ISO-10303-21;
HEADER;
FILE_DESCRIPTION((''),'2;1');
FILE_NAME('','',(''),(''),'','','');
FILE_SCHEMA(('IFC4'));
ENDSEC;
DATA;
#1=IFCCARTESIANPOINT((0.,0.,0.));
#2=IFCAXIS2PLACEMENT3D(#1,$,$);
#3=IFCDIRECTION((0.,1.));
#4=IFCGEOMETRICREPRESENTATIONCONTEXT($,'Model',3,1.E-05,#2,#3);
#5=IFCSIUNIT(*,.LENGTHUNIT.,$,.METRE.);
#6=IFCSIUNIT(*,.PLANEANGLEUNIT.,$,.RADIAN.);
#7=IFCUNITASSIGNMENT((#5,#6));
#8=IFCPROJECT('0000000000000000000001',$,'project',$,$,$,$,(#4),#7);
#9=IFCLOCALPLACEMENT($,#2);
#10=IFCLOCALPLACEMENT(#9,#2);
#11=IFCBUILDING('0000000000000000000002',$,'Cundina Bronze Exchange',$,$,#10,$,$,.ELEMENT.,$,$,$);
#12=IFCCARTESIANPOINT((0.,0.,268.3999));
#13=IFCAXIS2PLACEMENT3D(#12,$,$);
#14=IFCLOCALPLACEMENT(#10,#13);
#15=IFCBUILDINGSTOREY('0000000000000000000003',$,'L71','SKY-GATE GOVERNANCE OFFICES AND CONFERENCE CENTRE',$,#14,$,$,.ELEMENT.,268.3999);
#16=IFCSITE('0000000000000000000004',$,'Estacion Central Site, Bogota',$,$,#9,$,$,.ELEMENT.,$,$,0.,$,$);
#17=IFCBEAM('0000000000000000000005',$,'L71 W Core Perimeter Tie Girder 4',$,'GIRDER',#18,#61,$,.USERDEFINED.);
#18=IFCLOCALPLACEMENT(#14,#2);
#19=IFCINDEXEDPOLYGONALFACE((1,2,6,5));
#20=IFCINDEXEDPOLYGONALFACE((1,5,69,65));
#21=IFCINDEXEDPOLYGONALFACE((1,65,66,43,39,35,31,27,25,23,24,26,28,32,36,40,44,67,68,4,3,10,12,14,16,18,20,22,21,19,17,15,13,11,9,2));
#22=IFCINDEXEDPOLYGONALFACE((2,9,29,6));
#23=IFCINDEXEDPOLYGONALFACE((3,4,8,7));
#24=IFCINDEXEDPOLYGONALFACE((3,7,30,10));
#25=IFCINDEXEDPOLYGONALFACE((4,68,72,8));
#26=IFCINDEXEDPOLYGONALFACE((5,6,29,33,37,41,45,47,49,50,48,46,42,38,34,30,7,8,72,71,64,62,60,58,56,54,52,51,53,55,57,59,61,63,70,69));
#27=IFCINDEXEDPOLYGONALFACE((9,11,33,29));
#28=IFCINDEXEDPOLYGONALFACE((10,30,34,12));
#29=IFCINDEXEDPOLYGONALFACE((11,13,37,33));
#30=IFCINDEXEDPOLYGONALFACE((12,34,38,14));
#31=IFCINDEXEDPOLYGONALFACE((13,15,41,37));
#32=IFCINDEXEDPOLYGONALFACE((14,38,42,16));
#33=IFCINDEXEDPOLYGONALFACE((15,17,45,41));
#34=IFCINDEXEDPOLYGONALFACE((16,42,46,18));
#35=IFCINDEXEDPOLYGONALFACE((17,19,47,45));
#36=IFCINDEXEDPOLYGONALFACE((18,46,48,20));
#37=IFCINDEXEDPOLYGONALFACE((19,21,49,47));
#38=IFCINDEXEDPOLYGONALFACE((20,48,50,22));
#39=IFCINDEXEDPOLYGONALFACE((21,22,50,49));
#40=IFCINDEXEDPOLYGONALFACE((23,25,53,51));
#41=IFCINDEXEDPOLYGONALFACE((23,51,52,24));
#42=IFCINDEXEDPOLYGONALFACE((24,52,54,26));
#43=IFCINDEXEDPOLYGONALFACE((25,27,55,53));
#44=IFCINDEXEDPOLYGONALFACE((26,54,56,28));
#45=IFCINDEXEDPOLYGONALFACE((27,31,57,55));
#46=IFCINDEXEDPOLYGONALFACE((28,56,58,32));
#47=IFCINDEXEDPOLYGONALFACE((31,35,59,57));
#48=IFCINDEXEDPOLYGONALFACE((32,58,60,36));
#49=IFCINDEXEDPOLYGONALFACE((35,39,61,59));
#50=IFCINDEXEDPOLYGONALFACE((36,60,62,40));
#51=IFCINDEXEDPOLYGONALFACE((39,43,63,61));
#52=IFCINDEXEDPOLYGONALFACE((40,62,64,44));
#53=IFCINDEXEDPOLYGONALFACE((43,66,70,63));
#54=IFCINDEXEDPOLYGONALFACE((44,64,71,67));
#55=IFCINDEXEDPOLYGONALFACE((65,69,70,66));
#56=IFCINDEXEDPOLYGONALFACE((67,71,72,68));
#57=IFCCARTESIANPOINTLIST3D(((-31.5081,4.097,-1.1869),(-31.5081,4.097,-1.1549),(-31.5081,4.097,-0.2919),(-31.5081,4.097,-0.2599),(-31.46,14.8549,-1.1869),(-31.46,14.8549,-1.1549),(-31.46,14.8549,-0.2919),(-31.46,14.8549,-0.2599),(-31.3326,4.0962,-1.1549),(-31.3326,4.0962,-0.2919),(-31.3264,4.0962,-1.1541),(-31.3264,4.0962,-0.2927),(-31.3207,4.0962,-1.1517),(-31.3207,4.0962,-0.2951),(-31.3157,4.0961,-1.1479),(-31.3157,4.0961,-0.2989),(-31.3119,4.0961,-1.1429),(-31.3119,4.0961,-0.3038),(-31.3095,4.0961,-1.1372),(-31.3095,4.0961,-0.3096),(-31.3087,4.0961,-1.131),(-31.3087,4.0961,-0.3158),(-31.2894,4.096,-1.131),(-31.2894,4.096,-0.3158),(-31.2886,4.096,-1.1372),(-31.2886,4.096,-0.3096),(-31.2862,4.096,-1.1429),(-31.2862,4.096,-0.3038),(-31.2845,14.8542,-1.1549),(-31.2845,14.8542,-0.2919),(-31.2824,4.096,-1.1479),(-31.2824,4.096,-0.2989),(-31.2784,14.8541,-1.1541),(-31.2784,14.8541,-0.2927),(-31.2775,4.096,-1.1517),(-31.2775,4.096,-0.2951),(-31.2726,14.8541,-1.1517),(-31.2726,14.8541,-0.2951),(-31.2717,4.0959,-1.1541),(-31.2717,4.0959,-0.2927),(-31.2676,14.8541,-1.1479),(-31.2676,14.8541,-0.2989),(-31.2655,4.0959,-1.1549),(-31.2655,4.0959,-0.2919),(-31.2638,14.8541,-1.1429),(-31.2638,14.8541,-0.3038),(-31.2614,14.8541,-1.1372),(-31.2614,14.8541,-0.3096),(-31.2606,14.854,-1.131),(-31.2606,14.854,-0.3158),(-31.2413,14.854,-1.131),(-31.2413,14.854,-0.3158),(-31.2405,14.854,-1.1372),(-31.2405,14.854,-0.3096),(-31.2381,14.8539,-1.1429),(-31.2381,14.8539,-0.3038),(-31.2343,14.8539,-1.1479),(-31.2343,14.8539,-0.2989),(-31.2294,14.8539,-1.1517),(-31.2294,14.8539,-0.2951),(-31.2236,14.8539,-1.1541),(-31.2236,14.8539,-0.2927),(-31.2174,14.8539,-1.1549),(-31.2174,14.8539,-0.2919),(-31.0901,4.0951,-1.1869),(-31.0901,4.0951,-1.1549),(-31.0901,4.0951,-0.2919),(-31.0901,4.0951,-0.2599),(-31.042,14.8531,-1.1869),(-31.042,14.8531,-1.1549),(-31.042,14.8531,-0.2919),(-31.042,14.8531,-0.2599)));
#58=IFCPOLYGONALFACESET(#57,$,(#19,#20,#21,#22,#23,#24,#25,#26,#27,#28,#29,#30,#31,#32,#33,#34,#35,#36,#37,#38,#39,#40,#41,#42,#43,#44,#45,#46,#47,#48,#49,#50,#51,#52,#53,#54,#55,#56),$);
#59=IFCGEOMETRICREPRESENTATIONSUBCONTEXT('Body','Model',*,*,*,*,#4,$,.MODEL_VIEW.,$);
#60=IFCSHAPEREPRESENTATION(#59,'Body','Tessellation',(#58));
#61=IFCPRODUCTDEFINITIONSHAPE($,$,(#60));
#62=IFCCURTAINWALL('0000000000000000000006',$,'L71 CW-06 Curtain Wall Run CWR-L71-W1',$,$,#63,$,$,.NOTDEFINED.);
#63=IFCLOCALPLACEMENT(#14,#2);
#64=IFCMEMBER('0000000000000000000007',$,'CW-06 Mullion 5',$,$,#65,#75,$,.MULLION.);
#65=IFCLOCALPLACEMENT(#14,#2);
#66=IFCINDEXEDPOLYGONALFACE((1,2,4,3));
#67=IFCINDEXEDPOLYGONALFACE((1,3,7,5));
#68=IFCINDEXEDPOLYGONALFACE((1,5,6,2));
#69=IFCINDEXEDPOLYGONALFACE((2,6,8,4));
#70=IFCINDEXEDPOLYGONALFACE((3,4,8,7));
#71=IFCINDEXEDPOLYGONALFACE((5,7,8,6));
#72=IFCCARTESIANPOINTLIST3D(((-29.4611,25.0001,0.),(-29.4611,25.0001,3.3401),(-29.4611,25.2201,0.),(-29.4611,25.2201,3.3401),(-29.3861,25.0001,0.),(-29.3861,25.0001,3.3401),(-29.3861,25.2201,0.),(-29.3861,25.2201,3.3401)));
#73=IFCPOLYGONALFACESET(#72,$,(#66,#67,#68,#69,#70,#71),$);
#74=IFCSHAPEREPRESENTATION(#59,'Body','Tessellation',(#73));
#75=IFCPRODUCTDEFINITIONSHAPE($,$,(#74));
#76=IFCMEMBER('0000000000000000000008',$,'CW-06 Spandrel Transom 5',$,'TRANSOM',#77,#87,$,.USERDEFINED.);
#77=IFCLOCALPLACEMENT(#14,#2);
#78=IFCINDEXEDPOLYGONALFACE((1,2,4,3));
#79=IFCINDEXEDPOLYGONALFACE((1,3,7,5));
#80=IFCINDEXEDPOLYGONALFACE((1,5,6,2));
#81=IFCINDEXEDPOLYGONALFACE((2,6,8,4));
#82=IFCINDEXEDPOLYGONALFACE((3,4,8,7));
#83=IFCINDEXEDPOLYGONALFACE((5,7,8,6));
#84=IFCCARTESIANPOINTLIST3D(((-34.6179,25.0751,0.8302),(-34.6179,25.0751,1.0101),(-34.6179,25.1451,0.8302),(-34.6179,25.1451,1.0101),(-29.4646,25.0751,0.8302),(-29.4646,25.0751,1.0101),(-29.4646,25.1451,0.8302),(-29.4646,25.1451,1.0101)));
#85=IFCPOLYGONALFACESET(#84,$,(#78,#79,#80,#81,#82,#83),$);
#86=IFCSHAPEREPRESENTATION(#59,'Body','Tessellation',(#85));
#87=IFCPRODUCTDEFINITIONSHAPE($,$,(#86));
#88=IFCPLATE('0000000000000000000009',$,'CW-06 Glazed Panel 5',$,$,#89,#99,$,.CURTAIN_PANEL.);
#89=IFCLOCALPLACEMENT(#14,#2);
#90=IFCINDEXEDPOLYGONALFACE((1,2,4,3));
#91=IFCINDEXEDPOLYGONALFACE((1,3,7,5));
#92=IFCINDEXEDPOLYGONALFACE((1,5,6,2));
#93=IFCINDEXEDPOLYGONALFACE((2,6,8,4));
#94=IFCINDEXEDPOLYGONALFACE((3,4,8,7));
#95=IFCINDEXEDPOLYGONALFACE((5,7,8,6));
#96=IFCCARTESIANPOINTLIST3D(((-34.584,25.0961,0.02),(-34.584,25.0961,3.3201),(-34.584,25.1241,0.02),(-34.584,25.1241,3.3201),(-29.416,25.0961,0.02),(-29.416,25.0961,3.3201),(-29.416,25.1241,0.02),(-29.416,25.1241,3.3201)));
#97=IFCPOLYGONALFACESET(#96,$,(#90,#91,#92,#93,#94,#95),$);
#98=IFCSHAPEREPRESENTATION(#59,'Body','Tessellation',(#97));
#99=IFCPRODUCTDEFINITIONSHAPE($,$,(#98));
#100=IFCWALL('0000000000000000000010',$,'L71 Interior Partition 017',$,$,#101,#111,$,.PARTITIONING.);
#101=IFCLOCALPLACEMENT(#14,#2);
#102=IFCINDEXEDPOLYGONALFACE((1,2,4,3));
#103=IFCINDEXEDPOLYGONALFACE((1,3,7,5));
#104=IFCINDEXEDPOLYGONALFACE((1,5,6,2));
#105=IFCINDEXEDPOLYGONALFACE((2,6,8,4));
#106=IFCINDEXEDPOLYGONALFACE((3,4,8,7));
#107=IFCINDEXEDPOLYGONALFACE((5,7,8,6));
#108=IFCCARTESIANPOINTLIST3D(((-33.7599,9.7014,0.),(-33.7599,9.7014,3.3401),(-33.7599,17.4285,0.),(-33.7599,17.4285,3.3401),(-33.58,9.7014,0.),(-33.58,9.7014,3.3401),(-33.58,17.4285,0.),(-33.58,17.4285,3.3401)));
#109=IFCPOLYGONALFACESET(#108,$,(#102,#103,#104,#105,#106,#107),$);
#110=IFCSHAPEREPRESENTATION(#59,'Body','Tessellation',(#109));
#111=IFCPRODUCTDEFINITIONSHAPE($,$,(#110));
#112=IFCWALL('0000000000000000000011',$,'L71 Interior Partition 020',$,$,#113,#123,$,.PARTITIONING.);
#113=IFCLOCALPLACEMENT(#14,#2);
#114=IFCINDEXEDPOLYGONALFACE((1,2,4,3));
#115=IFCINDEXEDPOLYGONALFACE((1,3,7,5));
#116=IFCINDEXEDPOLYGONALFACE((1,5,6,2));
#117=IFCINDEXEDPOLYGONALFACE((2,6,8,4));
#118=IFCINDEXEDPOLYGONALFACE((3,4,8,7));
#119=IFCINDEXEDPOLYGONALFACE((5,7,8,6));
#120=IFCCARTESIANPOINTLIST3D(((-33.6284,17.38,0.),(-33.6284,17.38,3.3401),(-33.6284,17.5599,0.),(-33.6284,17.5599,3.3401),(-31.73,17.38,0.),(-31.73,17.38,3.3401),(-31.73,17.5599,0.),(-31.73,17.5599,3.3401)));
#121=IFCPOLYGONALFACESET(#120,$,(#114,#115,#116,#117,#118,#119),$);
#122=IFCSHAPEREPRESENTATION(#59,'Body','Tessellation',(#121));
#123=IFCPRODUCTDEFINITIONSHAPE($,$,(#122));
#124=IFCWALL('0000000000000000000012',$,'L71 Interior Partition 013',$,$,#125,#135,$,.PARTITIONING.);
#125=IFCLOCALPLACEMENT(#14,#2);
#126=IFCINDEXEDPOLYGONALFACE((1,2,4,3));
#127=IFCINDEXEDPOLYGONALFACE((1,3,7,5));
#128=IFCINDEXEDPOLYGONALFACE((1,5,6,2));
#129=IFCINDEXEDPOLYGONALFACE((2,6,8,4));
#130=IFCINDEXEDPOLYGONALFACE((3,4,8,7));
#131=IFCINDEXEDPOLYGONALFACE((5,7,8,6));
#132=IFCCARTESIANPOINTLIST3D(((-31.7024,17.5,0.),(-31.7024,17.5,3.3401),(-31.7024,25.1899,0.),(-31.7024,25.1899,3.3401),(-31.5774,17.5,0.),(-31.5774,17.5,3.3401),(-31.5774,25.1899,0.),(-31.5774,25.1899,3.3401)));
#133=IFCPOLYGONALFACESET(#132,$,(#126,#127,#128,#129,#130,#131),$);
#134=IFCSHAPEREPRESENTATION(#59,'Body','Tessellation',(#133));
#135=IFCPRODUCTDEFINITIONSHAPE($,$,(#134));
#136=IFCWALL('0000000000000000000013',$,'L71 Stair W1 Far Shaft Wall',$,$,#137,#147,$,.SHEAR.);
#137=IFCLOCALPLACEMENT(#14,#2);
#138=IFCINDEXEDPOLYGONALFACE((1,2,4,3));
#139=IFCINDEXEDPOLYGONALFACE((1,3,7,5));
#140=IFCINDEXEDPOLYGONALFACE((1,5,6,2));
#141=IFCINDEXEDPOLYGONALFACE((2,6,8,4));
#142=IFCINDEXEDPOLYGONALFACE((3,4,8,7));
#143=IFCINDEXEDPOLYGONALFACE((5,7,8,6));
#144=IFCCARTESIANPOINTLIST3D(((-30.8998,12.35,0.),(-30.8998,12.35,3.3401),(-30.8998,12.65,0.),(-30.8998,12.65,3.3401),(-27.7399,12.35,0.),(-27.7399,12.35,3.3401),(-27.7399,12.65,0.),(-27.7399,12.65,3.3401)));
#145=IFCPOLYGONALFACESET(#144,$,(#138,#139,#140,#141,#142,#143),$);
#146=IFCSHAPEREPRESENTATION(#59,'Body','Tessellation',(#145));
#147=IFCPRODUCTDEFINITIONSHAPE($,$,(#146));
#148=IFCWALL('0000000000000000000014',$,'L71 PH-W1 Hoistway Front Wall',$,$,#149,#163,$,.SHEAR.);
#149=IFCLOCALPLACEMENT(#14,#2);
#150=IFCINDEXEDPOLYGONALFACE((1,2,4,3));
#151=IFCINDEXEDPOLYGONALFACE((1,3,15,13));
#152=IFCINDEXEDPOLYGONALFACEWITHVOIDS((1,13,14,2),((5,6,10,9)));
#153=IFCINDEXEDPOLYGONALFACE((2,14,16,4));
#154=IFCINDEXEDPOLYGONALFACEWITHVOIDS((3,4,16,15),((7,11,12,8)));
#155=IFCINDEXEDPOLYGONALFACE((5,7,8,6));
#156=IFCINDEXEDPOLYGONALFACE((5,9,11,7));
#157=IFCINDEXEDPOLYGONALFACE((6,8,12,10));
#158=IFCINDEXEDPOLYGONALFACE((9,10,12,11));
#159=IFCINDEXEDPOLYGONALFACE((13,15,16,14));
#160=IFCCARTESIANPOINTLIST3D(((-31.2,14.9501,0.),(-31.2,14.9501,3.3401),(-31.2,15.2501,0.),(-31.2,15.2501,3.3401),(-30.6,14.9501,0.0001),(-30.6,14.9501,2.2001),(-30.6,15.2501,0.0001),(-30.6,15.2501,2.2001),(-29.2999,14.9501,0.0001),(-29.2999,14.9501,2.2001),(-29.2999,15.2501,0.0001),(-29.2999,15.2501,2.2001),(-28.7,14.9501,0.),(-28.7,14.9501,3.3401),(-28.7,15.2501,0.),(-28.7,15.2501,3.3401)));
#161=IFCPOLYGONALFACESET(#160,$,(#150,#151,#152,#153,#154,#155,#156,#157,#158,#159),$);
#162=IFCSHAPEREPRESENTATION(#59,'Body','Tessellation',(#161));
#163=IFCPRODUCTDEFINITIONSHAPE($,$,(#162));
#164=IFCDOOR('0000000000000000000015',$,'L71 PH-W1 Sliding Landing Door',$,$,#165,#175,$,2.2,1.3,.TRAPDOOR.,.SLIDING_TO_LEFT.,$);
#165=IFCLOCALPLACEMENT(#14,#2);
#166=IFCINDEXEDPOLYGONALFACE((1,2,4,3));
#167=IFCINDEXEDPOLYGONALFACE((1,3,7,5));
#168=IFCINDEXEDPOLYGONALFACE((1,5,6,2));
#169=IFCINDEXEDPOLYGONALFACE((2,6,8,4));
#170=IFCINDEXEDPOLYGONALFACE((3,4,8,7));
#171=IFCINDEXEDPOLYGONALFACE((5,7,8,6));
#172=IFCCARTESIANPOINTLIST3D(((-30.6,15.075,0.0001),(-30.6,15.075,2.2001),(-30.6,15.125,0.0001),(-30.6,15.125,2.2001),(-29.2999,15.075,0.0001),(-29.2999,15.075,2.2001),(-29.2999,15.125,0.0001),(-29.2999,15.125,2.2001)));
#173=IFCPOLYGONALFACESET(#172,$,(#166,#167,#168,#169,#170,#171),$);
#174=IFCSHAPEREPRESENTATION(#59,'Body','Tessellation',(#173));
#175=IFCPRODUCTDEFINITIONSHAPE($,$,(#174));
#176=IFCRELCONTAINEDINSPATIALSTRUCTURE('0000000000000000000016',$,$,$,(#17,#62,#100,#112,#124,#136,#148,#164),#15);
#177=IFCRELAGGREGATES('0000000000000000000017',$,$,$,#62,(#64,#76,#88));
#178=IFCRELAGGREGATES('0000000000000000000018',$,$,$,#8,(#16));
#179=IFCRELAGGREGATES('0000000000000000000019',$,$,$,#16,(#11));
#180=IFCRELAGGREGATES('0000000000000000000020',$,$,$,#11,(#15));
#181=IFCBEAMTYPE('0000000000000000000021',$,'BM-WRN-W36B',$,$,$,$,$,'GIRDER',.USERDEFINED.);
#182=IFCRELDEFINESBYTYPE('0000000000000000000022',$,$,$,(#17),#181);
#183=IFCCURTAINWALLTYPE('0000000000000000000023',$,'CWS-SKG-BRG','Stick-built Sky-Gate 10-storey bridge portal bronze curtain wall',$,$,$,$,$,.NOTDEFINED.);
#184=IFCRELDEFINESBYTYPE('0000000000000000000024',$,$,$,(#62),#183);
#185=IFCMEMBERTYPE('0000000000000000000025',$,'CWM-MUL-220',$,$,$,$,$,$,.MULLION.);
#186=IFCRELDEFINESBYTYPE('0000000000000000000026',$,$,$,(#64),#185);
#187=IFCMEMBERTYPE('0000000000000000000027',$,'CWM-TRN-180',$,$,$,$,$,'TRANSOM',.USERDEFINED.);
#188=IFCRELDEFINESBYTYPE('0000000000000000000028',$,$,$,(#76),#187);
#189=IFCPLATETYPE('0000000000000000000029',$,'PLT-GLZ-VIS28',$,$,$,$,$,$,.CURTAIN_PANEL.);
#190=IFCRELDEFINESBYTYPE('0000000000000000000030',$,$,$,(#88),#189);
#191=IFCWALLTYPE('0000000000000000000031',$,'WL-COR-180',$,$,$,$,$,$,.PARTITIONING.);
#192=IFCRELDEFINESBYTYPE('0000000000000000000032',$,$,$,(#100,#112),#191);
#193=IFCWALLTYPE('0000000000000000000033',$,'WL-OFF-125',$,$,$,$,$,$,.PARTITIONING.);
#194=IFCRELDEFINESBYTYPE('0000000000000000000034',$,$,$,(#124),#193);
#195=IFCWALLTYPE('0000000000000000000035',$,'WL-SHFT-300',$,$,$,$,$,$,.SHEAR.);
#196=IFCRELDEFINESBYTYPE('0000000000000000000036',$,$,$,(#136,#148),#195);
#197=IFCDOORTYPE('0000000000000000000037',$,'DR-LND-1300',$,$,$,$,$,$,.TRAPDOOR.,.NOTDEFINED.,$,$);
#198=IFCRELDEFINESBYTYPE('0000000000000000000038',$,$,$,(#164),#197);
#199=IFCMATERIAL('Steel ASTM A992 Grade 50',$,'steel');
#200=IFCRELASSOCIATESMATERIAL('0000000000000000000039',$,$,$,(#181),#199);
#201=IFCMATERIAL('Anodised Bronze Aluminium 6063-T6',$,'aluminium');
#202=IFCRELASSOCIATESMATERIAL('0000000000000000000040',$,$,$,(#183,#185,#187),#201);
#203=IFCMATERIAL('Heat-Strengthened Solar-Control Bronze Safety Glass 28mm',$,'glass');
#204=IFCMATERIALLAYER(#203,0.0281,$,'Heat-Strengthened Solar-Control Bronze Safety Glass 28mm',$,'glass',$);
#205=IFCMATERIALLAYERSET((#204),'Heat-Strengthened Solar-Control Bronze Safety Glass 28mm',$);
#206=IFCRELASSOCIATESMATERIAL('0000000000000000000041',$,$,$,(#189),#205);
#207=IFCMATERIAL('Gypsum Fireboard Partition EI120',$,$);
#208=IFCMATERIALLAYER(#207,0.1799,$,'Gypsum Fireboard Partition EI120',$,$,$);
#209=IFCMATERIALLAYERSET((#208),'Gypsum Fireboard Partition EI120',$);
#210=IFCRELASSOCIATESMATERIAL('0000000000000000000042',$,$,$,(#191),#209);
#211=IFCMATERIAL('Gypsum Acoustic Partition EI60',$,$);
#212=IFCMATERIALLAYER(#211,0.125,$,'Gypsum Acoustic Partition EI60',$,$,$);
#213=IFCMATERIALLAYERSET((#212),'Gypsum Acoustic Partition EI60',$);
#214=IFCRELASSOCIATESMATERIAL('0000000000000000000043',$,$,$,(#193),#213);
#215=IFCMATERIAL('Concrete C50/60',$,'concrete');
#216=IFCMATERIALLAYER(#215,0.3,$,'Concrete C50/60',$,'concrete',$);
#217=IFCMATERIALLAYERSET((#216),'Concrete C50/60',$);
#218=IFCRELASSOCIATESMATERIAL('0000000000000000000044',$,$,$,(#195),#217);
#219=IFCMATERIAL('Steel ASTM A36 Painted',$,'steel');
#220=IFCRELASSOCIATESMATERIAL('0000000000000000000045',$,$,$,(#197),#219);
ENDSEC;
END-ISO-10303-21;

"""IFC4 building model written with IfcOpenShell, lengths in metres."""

from ifc_helpers import new_model, si_unit, direction, frame, frame_2d, origin, origin_2d, place, context, subcontext, project, spatial, rectangle, i_section, extrude, material, layer, layer_set, material_profile, profile_set, type_object, element, fill, aggregate, save


model = new_model("IFC4")

# Units and contexts
model_context = context("Model", 3, precision=1e-05, world=origin(), true_north=direction((0.0, 1.0)))
body_context = subcontext(model_context, "Body", "Model", "MODEL_VIEW")
ifc_project = project(units=[si_unit("LENGTHUNIT", "METRE"), si_unit("PLANEANGLEUNIT", "RADIAN")], contexts=[model_context])

# Site, building, storey
site_placement = place(None, origin())
site = spatial("IfcSite", under=ifc_project, at=site_placement, Name="Estacion Central Site, Bogota", CompositionType="ELEMENT", RefElevation=0.0)
building_placement = place(site_placement, origin())
building = spatial("IfcBuilding", under=site, at=building_placement, Name="Cundina Bronze Exchange", CompositionType="ELEMENT")
storey_placement = place(building_placement, frame((0.0, 0.0, 268.3999)))
storey = spatial("IfcBuildingStorey", under=building, at=storey_placement, Name="L71", Description="SKY-GATE GOVERNANCE OFFICES AND CONFERENCE CENTRE", CompositionType="ELEMENT", Elevation=268.3999)

# Shared definitions
ifc_material_1 = material(Name="Concrete C50/60", Category="concrete")
ifc_material_2 = material(Name="Steel ASTM A992 Grade 50", Category="steel")

# Beam
ifc_material_profile_1 = material_profile(ifc_material_2, i_section(OverallWidth=0.418, OverallDepth=0.927, WebThickness=0.0193, FlangeThickness=0.032, FilletRadius=0.0239, at=origin_2d()), Name="W36X231", Category="steel")
ifc_profile_set_1 = profile_set([ifc_material_profile_1], Name="Steel ASTM A992 Grade 50")
beam_type_1 = type_object("IfcBeamType", Name="BM-WRN-W36B", ElementType="GIRDER", PredefinedType="USERDEFINED", material=ifc_profile_set_1)
beam_1_placement = place(storey_placement, frame((-31.251, 14.854, -0.7234), z_axis=(-0.004471, -0.99999, 0.0), x_axis=(0.99999, -0.004471, 0.0)))
element("IfcBeam", 1, at=beam_1_placement, inside=storey, type_object=beam_type_1, Name="L71 W Core Perimeter Tie Girder 4", ObjectType="GIRDER", PredefinedType="USERDEFINED", context=body_context, shape_type="SweptSolid", body=[
    extrude(i_section(OverallWidth=0.418, OverallDepth=0.927, WebThickness=0.0193, FlangeThickness=0.032, FilletRadius=0.0239, at=origin_2d()), origin(), (0.0, 0.0, 1.0), 10.7581),
])

# Curtain wall, members, plate
ifc_material_3 = material(Name="Anodised Bronze Aluminium 6063-T6", Category="aluminium")
curtain_wall_type = type_object("IfcCurtainWallType", Name="CWS-SKG-BRG", Description="Stick-built Sky-Gate 10-storey bridge portal bronze curtain wall", PredefinedType="NOTDEFINED", material=ifc_material_3)
curtain_wall_placement = place(storey_placement, origin())
curtain_wall = element("IfcCurtainWall", 2, at=curtain_wall_placement, inside=storey, type_object=curtain_wall_type, Name="L71 CW-06 Curtain Wall Run CWR-L71-W1", PredefinedType="NOTDEFINED")
ifc_material_profile_2 = material_profile(ifc_material_3, rectangle(XDim=0.075, YDim=0.22, at=origin_2d()), Name="AL75X220", Category="aluminium")
ifc_profile_set_2 = profile_set([ifc_material_profile_2], Name="Anodised Bronze Aluminium 6063-T6")
member_type_1 = type_object("IfcMemberType", Name="CWM-MUL-220", PredefinedType="MULLION", material=ifc_profile_set_2)
member_1_placement = place(storey_placement, frame((-29.4236, 25.1101, 0.0), z_axis=(0.0, 0.0, 1.0), x_axis=(-1.0, 0.0, 0.0)))
member_1 = element("IfcMember", 3, at=member_1_placement, type_object=member_type_1, Name="CW-06 Mullion 5", PredefinedType="MULLION", context=body_context, shape_type="SweptSolid", body=[
    extrude(rectangle(XDim=0.075, YDim=0.22, at=origin_2d()), origin(), (0.0, 0.0, 1.0), 3.3401),
])
ifc_material_profile_3 = material_profile(ifc_material_3, rectangle(XDim=0.0701, YDim=0.1799, at=origin_2d()), Name="AL70X180", Category="aluminium")
ifc_profile_set_3 = profile_set([ifc_material_profile_3], Name="Anodised Bronze Aluminium 6063-T6")
member_type_2 = type_object("IfcMemberType", Name="CWM-TRN-180", ElementType="TRANSOM", PredefinedType="USERDEFINED", material=ifc_profile_set_3)
member_2_placement = place(storey_placement, frame((-29.4646, 25.1101, 0.9202), z_axis=(-1.0, 0.0, 0.0), x_axis=(0.0, -1.0, 0.0)))
member_2 = element("IfcMember", 4, at=member_2_placement, type_object=member_type_2, Name="CW-06 Spandrel Transom 5", ObjectType="TRANSOM", PredefinedType="USERDEFINED", context=body_context, shape_type="SweptSolid", body=[
    extrude(rectangle(XDim=0.0701, YDim=0.1799, at=origin_2d()), origin(), (0.0, 0.0, 1.0), 5.1533),
])
ifc_material_4 = material(Name="Heat-Strengthened Solar-Control Bronze Safety Glass 28mm", Category="glass")
ifc_layer_1 = layer(ifc_material_4, 0.0281, Name="Heat-Strengthened Solar-Control Bronze Safety Glass 28mm", Category="glass")
ifc_layer_set_1 = layer_set([ifc_layer_1], Name="Heat-Strengthened Solar-Control Bronze Safety Glass 28mm")
plate_type = type_object("IfcPlateType", Name="PLT-GLZ-VIS28", PredefinedType="CURTAIN_PANEL", material=ifc_layer_set_1)
plate_placement = place(storey_placement, frame((-32.0, 25.1101, 0.02), z_axis=(0.0, 0.0, 1.0), x_axis=(-1.0, 0.0, 0.0)))
plate = element("IfcPlate", 5, at=plate_placement, type_object=plate_type, Name="CW-06 Glazed Panel 5", PredefinedType="CURTAIN_PANEL", context=body_context, shape_type="SweptSolid", body=[
    extrude(rectangle(XDim=5.168, YDim=0.0281, at=origin_2d()), origin(), (0.0, 0.0, 1.0), 3.3),
])
aggregate(curtain_wall, [member_1, member_2, plate])

# Shared definitions
ifc_material_5 = material(Name="Gypsum Fireboard Partition EI120")
ifc_layer_2 = layer(ifc_material_5, 0.1799, Name="Gypsum Fireboard Partition EI120")
ifc_layer_set_2 = layer_set([ifc_layer_2], Name="Gypsum Fireboard Partition EI120")
wall_type_1 = type_object("IfcWallType", Name="WL-COR-180", PredefinedType="PARTITIONING", material=ifc_layer_set_2)

# Walls
wall_1_placement = place(storey_placement, frame((-33.6699, 17.4285, 0.0), z_axis=(0.0, 0.0, 1.0), x_axis=(0.0, -1.0, 0.0)))
element("IfcWall", 6, at=wall_1_placement, inside=storey, type_object=wall_type_1, Name="L71 Interior Partition 017", PredefinedType="PARTITIONING", context=body_context, shape_type="SweptSolid", body=[
    extrude(rectangle(XDim=7.7271, YDim=0.1799, at=frame_2d((3.8635, 0.0))), origin(), (0.0, 0.0, 1.0), 3.3401),
])
wall_2_placement = place(storey_placement, frame((-31.73, 17.47, 0.0), z_axis=(0.0, 0.0, 1.0), x_axis=(-1.0, 0.0, 0.0)))
element("IfcWall", 7, at=wall_2_placement, inside=storey, type_object=wall_type_1, Name="L71 Interior Partition 020", PredefinedType="PARTITIONING", context=body_context, shape_type="SweptSolid", body=[
    extrude(rectangle(XDim=1.8984, YDim=0.1799, at=frame_2d((0.9492, 0.0))), origin(), (0.0, 0.0, 1.0), 3.3401),
])
ifc_material_6 = material(Name="Gypsum Acoustic Partition EI60")
ifc_layer_3 = layer(ifc_material_6, 0.125, Name="Gypsum Acoustic Partition EI60")
ifc_layer_set_3 = layer_set([ifc_layer_3], Name="Gypsum Acoustic Partition EI60")
wall_type_2 = type_object("IfcWallType", Name="WL-OFF-125", PredefinedType="PARTITIONING", material=ifc_layer_set_3)
wall_3_placement = place(storey_placement, frame((-31.6399, 17.5, 0.0), z_axis=(0.0, 0.0, 1.0), x_axis=(0.0, 1.0, 0.0)))
element("IfcWall", 8, at=wall_3_placement, inside=storey, type_object=wall_type_2, Name="L71 Interior Partition 013", PredefinedType="PARTITIONING", context=body_context, shape_type="SweptSolid", body=[
    extrude(rectangle(XDim=7.6899, YDim=0.125, at=frame_2d((3.845, 0.0))), origin(), (0.0, 0.0, 1.0), 3.3401),
])

# Shared definitions
ifc_layer_4 = layer(ifc_material_1, 0.3, Name="Concrete C50/60", Category="concrete")
ifc_layer_set_4 = layer_set([ifc_layer_4], Name="Concrete C50/60")
wall_type_3 = type_object("IfcWallType", Name="WL-SHFT-300", PredefinedType="SHEAR", material=ifc_layer_set_4)
ifc_material_7 = material(Name="Steel ASTM A36 Painted", Category="steel")

# Wall
wall_4_placement = place(storey_placement, frame((-30.8999, 12.5, 0.0), z_axis=(0.0, 0.0, 1.0), x_axis=(1.0, 0.0, 0.0)))
element("IfcWall", 9, at=wall_4_placement, inside=storey, type_object=wall_type_3, Name="L71 Stair W1 Far Shaft Wall", PredefinedType="SHEAR", context=body_context, shape_type="SweptSolid", body=[
    extrude(rectangle(XDim=3.1599, YDim=0.3, at=frame_2d((1.5801, 0.0))), origin(), (0.0, 0.0, 1.0), 3.3401),
])

# Wall, opening, door
wall_5_placement = place(storey_placement, frame((-31.2, 15.1001, 0.0), z_axis=(0.0, 0.0, 1.0), x_axis=(1.0, 0.0, 0.0)))
wall_5 = element("IfcWall", 10, at=wall_5_placement, inside=storey, type_object=wall_type_3, Name="L71 PH-W1 Hoistway Front Wall", PredefinedType="SHEAR", context=body_context, shape_type="SweptSolid", body=[
    extrude(rectangle(XDim=2.5, YDim=0.3, at=frame_2d((1.25, 0.0))), origin(), (0.0, 0.0, 1.0), 3.3401),
])
opening_1_placement = place(wall_5_placement, frame((0.6001, 0.0, 0.0)))
opening_1 = element("IfcOpeningElement", 11, at=opening_1_placement, cuts=wall_5, PredefinedType="OPENING", context=body_context, shape_type="SweptSolid", body=[
    extrude(rectangle(XDim=1.3, YDim=2.2, at=frame_2d((0.6499, 1.1001))), frame((0.0, 0.1599, 0.0), z_axis=(0.0, -1.0, 0.0), x_axis=(1.0, 0.0, 0.0)), (0.0, 0.0, 1.0), 0.3201),
])
door_type_1 = type_object("IfcDoorType", Name="DR-LND-1300", OperationType="NOTDEFINED", PredefinedType="TRAPDOOR", material=ifc_material_7)
door_1_placement = place(opening_1_placement, origin())
door_1 = element("IfcDoor", 12, at=door_1_placement, inside=storey, type_object=door_type_1, Name="L71 PH-W1 Sliding Landing Door", OperationType="SLIDING_TO_LEFT", OverallHeight=2.2, OverallWidth=1.3, PredefinedType="TRAPDOOR", context=body_context, shape_type="SweptSolid", body=[
    extrude(rectangle(XDim=1.3, YDim=2.2, at=frame_2d((0.6499, 1.1001))), frame((0.0, 0.0249, 0.0), z_axis=(0.0, -1.0, 0.0), x_axis=(1.0, 0.0, 0.0)), (0.0, 0.0, 1.0), 0.05),
])
fill(opening_1, door_1)

save(model, "model.ifc")
